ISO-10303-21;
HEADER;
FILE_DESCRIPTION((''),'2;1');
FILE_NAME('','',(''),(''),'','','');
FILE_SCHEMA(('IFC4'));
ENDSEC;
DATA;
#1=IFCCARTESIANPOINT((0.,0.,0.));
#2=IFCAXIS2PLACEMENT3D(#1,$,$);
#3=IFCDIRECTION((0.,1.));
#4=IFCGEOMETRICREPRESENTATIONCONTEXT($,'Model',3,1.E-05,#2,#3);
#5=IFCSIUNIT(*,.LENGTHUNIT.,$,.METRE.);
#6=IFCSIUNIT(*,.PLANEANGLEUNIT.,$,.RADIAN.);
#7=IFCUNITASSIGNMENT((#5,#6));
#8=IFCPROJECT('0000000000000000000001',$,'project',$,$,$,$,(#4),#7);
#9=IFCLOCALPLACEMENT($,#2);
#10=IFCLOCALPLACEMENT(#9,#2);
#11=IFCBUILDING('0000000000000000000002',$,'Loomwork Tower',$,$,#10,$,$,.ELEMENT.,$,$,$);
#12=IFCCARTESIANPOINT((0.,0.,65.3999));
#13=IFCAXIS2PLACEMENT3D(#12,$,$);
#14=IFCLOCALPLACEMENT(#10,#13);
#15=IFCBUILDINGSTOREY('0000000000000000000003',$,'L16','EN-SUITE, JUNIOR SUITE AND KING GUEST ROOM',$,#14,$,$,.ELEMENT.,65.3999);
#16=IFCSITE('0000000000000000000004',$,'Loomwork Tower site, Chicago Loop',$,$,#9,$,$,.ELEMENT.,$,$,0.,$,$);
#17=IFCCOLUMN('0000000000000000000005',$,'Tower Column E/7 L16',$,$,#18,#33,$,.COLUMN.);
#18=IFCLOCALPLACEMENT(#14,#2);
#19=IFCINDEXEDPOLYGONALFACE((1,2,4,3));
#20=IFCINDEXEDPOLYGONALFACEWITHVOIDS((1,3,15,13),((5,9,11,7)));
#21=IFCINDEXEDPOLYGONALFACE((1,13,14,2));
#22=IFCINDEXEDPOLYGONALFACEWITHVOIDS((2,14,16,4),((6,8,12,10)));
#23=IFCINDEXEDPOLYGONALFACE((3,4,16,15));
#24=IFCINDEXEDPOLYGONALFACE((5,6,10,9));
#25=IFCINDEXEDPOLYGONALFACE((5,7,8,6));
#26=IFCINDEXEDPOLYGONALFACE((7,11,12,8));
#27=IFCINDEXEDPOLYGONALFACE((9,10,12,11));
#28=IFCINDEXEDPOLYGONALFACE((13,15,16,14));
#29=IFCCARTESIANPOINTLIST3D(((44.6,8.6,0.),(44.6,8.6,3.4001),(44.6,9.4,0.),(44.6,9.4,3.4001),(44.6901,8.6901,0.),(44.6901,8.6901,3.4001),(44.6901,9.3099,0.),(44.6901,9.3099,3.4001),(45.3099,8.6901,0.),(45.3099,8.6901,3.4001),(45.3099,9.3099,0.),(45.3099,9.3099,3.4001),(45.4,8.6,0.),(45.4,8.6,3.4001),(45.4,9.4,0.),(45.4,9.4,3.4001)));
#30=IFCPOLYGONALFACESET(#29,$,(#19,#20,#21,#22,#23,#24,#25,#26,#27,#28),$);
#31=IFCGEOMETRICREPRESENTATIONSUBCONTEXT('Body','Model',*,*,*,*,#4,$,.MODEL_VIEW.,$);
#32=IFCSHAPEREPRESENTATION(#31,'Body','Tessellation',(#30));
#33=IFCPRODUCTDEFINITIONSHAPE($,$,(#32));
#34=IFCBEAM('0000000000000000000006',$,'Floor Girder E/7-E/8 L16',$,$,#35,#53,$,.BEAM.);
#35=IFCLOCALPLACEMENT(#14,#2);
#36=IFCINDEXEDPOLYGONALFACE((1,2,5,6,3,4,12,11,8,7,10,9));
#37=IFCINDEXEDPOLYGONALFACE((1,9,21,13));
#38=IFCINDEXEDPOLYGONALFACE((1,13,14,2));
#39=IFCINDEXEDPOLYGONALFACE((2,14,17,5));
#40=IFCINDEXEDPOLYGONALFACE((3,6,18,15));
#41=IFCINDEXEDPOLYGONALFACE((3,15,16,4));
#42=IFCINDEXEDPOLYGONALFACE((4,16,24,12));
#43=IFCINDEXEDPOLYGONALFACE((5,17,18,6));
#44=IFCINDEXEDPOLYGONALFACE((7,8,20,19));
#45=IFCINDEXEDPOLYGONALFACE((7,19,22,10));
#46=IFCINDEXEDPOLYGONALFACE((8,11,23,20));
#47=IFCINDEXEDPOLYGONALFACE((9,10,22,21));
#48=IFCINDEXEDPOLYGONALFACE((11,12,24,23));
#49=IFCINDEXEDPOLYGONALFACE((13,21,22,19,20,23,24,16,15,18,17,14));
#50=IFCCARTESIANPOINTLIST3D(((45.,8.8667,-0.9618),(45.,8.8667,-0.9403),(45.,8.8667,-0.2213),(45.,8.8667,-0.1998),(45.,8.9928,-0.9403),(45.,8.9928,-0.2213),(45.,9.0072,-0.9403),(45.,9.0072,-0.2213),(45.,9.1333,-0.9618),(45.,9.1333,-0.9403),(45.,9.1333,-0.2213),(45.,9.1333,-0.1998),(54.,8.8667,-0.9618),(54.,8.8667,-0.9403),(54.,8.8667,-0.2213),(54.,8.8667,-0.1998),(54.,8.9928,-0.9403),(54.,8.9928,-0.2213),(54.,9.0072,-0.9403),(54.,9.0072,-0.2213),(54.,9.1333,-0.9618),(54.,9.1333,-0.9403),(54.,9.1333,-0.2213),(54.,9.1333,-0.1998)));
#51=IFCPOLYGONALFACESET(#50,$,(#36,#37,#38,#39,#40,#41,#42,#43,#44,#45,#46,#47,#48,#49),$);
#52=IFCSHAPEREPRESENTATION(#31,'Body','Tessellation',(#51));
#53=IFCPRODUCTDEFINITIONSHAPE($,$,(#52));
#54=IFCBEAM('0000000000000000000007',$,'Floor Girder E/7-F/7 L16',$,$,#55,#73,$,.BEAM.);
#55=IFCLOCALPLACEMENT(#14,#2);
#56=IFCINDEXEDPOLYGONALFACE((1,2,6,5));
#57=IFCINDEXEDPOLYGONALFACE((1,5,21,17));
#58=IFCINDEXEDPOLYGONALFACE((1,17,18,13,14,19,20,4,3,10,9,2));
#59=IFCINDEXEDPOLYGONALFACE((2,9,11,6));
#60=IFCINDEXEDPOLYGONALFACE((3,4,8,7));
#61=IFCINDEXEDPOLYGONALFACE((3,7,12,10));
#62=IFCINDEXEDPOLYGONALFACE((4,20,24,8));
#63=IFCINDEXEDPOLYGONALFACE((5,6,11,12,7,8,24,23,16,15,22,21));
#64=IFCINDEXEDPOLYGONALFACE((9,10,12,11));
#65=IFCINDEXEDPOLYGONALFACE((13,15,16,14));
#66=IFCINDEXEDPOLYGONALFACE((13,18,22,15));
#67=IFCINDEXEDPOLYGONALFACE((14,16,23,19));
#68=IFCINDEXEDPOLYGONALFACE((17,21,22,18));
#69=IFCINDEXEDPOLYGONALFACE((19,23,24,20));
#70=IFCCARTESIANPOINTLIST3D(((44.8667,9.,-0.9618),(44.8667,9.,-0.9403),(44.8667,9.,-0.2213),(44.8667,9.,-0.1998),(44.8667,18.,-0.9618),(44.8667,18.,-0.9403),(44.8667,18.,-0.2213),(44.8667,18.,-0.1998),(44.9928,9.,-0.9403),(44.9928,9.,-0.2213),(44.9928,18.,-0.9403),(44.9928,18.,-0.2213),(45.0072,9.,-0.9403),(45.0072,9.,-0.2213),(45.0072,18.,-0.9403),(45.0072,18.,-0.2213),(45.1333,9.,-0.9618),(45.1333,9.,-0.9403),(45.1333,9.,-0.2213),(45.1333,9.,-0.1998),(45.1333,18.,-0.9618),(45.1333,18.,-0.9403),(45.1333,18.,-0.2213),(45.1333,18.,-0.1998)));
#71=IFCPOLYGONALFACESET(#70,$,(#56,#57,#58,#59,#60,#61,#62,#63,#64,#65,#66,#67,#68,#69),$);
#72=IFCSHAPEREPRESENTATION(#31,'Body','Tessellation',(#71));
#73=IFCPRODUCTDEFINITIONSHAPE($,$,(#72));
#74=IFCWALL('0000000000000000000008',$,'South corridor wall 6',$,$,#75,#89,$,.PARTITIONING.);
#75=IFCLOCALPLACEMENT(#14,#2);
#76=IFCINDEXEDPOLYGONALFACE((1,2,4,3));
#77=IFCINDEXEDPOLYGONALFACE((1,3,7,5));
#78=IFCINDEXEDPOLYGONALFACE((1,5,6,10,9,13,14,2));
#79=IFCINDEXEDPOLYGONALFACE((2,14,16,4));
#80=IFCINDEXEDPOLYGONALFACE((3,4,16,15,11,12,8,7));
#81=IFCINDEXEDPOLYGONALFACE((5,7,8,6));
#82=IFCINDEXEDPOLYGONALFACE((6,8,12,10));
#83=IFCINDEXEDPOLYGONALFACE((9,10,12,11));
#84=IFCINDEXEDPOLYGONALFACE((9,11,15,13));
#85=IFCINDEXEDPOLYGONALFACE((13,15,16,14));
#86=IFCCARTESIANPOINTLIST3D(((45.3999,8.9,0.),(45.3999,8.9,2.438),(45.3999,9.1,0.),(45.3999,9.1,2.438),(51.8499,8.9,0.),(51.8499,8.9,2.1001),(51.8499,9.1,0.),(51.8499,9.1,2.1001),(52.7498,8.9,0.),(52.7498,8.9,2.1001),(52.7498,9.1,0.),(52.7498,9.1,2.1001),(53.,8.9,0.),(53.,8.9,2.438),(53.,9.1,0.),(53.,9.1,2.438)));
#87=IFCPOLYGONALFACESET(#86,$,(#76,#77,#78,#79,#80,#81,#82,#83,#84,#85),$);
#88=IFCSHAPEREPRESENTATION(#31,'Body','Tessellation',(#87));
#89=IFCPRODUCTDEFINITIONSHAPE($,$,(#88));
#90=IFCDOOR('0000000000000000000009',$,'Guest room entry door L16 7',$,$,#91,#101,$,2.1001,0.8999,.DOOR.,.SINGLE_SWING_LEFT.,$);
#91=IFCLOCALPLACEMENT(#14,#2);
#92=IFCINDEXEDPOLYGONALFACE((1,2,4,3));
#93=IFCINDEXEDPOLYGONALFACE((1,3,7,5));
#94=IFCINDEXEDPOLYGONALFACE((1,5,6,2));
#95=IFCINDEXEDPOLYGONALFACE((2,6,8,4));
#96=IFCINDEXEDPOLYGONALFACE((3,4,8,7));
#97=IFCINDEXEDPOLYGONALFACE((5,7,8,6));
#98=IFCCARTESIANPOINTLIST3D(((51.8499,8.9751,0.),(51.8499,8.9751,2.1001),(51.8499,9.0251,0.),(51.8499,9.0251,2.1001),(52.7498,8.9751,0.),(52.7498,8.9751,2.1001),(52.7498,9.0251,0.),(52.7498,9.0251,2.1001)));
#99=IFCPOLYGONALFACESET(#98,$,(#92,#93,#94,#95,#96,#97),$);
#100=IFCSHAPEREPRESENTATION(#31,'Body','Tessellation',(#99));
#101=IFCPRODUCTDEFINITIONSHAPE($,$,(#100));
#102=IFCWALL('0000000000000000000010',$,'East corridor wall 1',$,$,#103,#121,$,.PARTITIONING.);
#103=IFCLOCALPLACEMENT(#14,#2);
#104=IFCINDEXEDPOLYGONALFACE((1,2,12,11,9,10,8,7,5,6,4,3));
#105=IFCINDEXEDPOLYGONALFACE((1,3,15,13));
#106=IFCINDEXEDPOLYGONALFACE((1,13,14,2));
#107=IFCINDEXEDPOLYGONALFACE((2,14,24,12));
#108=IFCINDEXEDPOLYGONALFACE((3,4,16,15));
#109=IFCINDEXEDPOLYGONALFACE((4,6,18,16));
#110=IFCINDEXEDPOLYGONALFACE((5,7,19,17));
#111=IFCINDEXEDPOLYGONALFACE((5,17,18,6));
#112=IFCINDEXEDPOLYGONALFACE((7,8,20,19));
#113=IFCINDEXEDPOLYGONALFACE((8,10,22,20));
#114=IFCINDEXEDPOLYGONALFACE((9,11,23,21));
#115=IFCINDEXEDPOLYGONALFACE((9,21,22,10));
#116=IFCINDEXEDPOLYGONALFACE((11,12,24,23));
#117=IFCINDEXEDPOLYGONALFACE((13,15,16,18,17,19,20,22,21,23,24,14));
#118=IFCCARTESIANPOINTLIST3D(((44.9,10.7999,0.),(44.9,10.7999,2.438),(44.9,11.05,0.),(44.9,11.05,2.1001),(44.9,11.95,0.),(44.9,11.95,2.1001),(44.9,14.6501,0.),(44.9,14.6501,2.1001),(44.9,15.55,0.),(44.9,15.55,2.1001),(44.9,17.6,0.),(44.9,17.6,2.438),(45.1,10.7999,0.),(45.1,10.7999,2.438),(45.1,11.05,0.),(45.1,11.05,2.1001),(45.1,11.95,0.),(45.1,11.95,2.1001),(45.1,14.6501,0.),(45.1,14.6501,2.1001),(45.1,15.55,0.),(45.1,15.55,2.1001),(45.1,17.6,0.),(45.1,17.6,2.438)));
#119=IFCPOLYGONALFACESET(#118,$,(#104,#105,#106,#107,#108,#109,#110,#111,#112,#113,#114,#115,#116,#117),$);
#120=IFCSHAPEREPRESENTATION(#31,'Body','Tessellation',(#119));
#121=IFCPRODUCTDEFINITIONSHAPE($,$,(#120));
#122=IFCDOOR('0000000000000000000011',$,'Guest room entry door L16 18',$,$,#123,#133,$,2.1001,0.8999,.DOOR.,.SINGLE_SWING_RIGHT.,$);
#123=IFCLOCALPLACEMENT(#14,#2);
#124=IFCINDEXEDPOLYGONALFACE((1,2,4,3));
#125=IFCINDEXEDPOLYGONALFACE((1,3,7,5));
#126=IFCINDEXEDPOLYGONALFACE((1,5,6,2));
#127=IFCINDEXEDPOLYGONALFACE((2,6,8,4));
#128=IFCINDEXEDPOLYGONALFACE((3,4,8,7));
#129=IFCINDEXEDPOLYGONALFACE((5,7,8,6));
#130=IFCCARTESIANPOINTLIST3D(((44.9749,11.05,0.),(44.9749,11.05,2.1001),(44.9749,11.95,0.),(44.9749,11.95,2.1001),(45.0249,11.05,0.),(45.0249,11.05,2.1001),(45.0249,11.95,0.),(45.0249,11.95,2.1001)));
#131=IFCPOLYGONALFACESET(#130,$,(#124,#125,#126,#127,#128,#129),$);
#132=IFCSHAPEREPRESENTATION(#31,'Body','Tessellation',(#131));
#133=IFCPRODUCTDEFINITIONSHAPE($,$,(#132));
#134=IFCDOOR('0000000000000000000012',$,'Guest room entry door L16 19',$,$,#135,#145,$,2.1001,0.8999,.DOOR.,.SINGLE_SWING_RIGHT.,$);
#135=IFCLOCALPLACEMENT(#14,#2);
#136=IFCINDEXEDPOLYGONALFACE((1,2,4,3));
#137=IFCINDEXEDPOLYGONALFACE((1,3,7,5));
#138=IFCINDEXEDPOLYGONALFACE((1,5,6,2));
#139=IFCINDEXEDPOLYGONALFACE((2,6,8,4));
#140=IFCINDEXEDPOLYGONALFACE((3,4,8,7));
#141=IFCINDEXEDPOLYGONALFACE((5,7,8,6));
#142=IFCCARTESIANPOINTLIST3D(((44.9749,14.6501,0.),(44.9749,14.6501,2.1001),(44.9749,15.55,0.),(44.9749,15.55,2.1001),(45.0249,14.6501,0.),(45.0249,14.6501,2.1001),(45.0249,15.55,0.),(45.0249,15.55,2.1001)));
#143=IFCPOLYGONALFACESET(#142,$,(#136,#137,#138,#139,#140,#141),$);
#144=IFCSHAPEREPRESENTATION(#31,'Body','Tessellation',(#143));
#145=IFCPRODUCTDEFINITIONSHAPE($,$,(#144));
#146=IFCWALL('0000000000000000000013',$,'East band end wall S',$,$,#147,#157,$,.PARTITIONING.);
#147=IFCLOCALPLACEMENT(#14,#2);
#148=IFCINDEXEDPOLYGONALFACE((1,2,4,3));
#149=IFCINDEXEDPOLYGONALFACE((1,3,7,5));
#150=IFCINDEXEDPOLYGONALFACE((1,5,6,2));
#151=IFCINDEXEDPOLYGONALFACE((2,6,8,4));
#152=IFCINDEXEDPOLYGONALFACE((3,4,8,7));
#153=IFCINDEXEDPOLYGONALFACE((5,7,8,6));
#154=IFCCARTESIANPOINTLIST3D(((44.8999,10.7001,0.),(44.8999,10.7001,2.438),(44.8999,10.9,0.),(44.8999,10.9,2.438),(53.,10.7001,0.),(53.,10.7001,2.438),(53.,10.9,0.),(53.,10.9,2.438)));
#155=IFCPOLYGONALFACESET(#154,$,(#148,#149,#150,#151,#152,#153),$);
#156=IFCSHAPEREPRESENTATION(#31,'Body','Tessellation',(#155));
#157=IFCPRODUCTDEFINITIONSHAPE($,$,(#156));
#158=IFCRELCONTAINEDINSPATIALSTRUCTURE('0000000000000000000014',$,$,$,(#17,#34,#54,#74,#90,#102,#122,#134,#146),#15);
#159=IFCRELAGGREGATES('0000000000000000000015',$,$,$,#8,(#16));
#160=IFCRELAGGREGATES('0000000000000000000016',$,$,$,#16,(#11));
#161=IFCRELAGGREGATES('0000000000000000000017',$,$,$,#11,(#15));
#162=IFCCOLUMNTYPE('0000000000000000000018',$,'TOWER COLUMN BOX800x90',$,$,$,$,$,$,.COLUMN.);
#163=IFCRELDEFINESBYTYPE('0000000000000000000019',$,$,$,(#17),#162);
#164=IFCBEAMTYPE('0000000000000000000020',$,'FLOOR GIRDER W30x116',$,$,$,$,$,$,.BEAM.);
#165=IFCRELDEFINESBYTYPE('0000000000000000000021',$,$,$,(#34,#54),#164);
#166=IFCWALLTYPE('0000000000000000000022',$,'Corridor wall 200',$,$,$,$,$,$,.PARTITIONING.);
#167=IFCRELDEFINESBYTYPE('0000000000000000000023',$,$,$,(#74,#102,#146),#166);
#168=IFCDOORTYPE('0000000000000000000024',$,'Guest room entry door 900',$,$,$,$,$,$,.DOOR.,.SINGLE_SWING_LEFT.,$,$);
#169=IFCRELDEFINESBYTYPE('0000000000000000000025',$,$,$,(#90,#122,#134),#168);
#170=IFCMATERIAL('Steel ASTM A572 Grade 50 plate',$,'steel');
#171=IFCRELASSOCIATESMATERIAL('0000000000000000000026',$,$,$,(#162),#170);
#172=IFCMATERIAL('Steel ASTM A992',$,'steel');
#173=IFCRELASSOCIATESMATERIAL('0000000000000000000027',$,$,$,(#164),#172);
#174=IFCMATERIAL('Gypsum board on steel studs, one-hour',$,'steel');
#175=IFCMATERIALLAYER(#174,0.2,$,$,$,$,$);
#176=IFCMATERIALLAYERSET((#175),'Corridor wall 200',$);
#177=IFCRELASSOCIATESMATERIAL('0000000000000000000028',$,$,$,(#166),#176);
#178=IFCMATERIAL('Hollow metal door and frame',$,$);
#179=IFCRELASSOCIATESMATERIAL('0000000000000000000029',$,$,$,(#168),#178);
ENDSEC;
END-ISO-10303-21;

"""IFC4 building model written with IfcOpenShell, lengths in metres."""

from ifc_helpers import new_model, si_unit, direction, frame, frame_2d, origin, origin_2d, place, context, subcontext, project, spatial, rectangle, hollow_rectangle, i_section, extrude, material, layer, layer_set, material_profile, profile_set, type_object, element, fill, save


model = new_model("IFC4")

# Units and contexts
model_context = context("Model", 3, precision=1e-05, world=origin(), true_north=direction((0.0, 1.0)))
body_context = subcontext(model_context, "Body", "Model", "MODEL_VIEW")
ifc_project = project(units=[si_unit("LENGTHUNIT", "METRE"), si_unit("PLANEANGLEUNIT", "RADIAN")], contexts=[model_context])

# Site, building, storey
site_placement = place(None, origin())
site = spatial("IfcSite", under=ifc_project, at=site_placement, Name="Loomwork Tower site, Chicago Loop", CompositionType="ELEMENT", RefElevation=0.0)
building_placement = place(site_placement, origin())
building = spatial("IfcBuilding", under=site, at=building_placement, Name="Loomwork Tower", CompositionType="ELEMENT")
storey_placement = place(building_placement, frame((0.0, 0.0, 65.3999)))
storey = spatial("IfcBuildingStorey", under=building, at=storey_placement, Name="L16", Description="EN-SUITE, JUNIOR SUITE AND KING GUEST ROOM", CompositionType="ELEMENT", Elevation=65.3999)

# Column
ifc_material_1 = material(Name="Steel ASTM A572 Grade 50 plate", Category="steel")
ifc_material_profile_1 = material_profile(ifc_material_1, hollow_rectangle(XDim=0.8, YDim=0.8, WallThickness=0.0901, at=origin_2d()), Name="BOX800x90")
ifc_profile_set_1 = profile_set([ifc_material_profile_1], Name="Steel ASTM A572 Grade 50 plate")
column_type = type_object("IfcColumnType", Name="TOWER COLUMN BOX800x90", PredefinedType="COLUMN", material=ifc_profile_set_1)
column_placement = place(storey_placement, frame((45.0, 9.0, 0.0), z_axis=(0.0, 0.0, 1.0), x_axis=(0.0, 1.0, 0.0)))
element("IfcColumn", 1, at=column_placement, inside=storey, type_object=column_type, Name="Tower Column E/7 L16", PredefinedType="COLUMN", context=body_context, shape_type="SweptSolid", body=[
    extrude(hollow_rectangle(XDim=0.8, YDim=0.8, WallThickness=0.0901, at=origin_2d()), origin(), (0.0, 0.0, 1.0), 3.4001),
])

# Beams
ifc_material_2 = material(Name="Steel ASTM A992", Category="steel")
ifc_material_profile_2 = material_profile(ifc_material_2, i_section(OverallWidth=0.2666, OverallDepth=0.762, WebThickness=0.0144, FlangeThickness=0.0215, at=origin_2d()), Name="W30x116")
ifc_profile_set_2 = profile_set([ifc_material_profile_2], Name="Steel ASTM A992")
beam_type = type_object("IfcBeamType", Name="FLOOR GIRDER W30x116", PredefinedType="BEAM", material=ifc_profile_set_2)
for number, where, z_axis, x_axis, name in (
    (2, (45.0, 9.0, -0.5808), (1.0, 0.0, 0.0), (0.0, 1.0, 0.0), "Floor Girder E/7-E/8 L16"),
    (3, (45.0, 9.0, -0.5808), (0.0, 1.0, 0.0), (-1.0, 0.0, 0.0), "Floor Girder E/7-F/7 L16"),
):
    element("IfcBeam", number, at=place(storey_placement, frame(where, z_axis=z_axis, x_axis=x_axis)), inside=storey, type_object=beam_type, Name=name, PredefinedType="BEAM", context=body_context, shape_type="SweptSolid", body=[
        extrude(i_section(OverallWidth=0.2666, OverallDepth=0.762, WebThickness=0.0144, FlangeThickness=0.0215, at=origin_2d()), origin(), (0.0, 0.0, 1.0), 9.0),
    ])

# Wall, opening, door
ifc_material_3 = material(Name="Gypsum board on steel studs, one-hour", Category="steel")
ifc_layer_1 = layer(ifc_material_3, 0.2)
ifc_layer_set_1 = layer_set([ifc_layer_1], Name="Corridor wall 200")
wall_type_1 = type_object("IfcWallType", Name="Corridor wall 200", PredefinedType="PARTITIONING", material=ifc_layer_set_1)
wall_1_placement = place(storey_placement, frame((45.3999, 9.0, 0.0), z_axis=(0.0, 0.0, 1.0), x_axis=(1.0, 0.0, 0.0)))
wall_1 = element("IfcWall", 4, at=wall_1_placement, inside=storey, type_object=wall_type_1, Name="South corridor wall 6", PredefinedType="PARTITIONING", context=body_context, shape_type="SweptSolid", body=[
    extrude(rectangle(XDim=7.6001, YDim=0.2, at=frame_2d((3.8, 0.0))), origin(), (0.0, 0.0, 1.0), 2.438),
])
opening_1_placement = place(wall_1_placement, frame((6.45, 0.0, 0.0)))
opening_1 = element("IfcOpeningElement", 5, at=opening_1_placement, cuts=wall_1, PredefinedType="OPENING", context=body_context, shape_type="SweptSolid", body=[
    extrude(rectangle(XDim=0.8999, YDim=2.1001, at=frame_2d((0.45, 1.05))), frame((0.0, 0.1099, 0.0), z_axis=(0.0, -1.0, 0.0), x_axis=(1.0, 0.0, 0.0)), (0.0, 0.0, 1.0), 0.22),
])
ifc_material_4 = material(Name="Hollow metal door and frame")
door_type_1 = type_object("IfcDoorType", Name="Guest room entry door 900", OperationType="SINGLE_SWING_LEFT", PredefinedType="DOOR", material=ifc_material_4)
door_1_placement = place(opening_1_placement, frame((0.8999, 0.0, 0.0), z_axis=(0.0, 0.0, 1.0), x_axis=(-1.0, 0.0, 0.0)))
door_1 = element("IfcDoor", 6, at=door_1_placement, inside=storey, type_object=door_type_1, Name="Guest room entry door L16 7", OperationType="SINGLE_SWING_LEFT", OverallHeight=2.1001, OverallWidth=0.8999, PredefinedType="DOOR", context=body_context, shape_type="SweptSolid", body=[
    extrude(rectangle(XDim=0.8999, YDim=2.1001, at=frame_2d((0.45, 1.05))), frame((0.0, 0.0249, 0.0), z_axis=(0.0, -1.0, 0.0), x_axis=(1.0, 0.0, 0.0)), (0.0, 0.0, 1.0), 0.05),
])
fill(opening_1, door_1)

# Wall, openings, doors
wall_2_placement = place(storey_placement, frame((45.0, 10.8, 0.0), z_axis=(0.0, 0.0, 1.0), x_axis=(0.0, 1.0, 0.0)))
wall_2 = element("IfcWall", 7, at=wall_2_placement, inside=storey, type_object=wall_type_1, Name="East corridor wall 1", PredefinedType="PARTITIONING", context=body_context, shape_type="SweptSolid", body=[
    extrude(rectangle(XDim=6.8, YDim=0.2, at=frame_2d((3.3999, 0.0))), origin(), (0.0, 0.0, 1.0), 2.438),
])
opening_2_placement = place(wall_2_placement, frame((0.25, 0.0, 0.0)))
opening_2 = element("IfcOpeningElement", 8, at=opening_2_placement, cuts=wall_2, PredefinedType="OPENING", context=body_context, shape_type="SweptSolid", body=[
    extrude(rectangle(XDim=0.8999, YDim=2.1001, at=frame_2d((0.45, 1.05))), frame((0.0, 0.1099, 0.0), z_axis=(0.0, -1.0, 0.0), x_axis=(1.0, 0.0, 0.0)), (0.0, 0.0, 1.0), 0.22),
])
opening_3_placement = place(wall_2_placement, frame((3.8501, 0.0, 0.0)))
opening_3 = element("IfcOpeningElement", 9, at=opening_3_placement, cuts=wall_2, PredefinedType="OPENING", context=body_context, shape_type="SweptSolid", body=[
    extrude(rectangle(XDim=0.8999, YDim=2.1001, at=frame_2d((0.45, 1.05))), frame((0.0, 0.1099, 0.0), z_axis=(0.0, -1.0, 0.0), x_axis=(1.0, 0.0, 0.0)), (0.0, 0.0, 1.0), 0.22),
])
door_2_placement = place(opening_2_placement, frame((0.8999, 0.0, 0.0), z_axis=(0.0, 0.0, 1.0), x_axis=(-1.0, 0.0, 0.0)))
door_2 = element("IfcDoor", 10, at=door_2_placement, inside=storey, type_object=door_type_1, Name="Guest room entry door L16 18", OperationType="SINGLE_SWING_RIGHT", OverallHeight=2.1001, OverallWidth=0.8999, PredefinedType="DOOR", context=body_context, shape_type="SweptSolid", body=[
    extrude(rectangle(XDim=0.8999, YDim=2.1001, at=frame_2d((0.45, 1.05))), frame((0.0, 0.0249, 0.0), z_axis=(0.0, -1.0, 0.0), x_axis=(1.0, 0.0, 0.0)), (0.0, 0.0, 1.0), 0.05),
])
fill(opening_2, door_2)
door_3_placement = place(opening_3_placement, frame((0.8999, 0.0, 0.0), z_axis=(0.0, 0.0, 1.0), x_axis=(-1.0, 0.0, 0.0)))
door_3 = element("IfcDoor", 11, at=door_3_placement, inside=storey, type_object=door_type_1, Name="Guest room entry door L16 19", OperationType="SINGLE_SWING_RIGHT", OverallHeight=2.1001, OverallWidth=0.8999, PredefinedType="DOOR", context=body_context, shape_type="SweptSolid", body=[
    extrude(rectangle(XDim=0.8999, YDim=2.1001, at=frame_2d((0.45, 1.05))), frame((0.0, 0.0249, 0.0), z_axis=(0.0, -1.0, 0.0), x_axis=(1.0, 0.0, 0.0)), (0.0, 0.0, 1.0), 0.05),
])
fill(opening_3, door_3)

# Wall
wall_3_placement = place(storey_placement, frame((44.8999, 10.8, 0.0), z_axis=(0.0, 0.0, 1.0), x_axis=(1.0, 0.0, 0.0)))
element("IfcWall", 12, at=wall_3_placement, inside=storey, type_object=wall_type_1, Name="East band end wall S", PredefinedType="PARTITIONING", context=body_context, shape_type="SweptSolid", body=[
    extrude(rectangle(XDim=8.1001, YDim=0.2, at=frame_2d((4.05, 0.0))), origin(), (0.0, 0.0, 1.0), 2.438),
])

save(model, "model.ifc")
